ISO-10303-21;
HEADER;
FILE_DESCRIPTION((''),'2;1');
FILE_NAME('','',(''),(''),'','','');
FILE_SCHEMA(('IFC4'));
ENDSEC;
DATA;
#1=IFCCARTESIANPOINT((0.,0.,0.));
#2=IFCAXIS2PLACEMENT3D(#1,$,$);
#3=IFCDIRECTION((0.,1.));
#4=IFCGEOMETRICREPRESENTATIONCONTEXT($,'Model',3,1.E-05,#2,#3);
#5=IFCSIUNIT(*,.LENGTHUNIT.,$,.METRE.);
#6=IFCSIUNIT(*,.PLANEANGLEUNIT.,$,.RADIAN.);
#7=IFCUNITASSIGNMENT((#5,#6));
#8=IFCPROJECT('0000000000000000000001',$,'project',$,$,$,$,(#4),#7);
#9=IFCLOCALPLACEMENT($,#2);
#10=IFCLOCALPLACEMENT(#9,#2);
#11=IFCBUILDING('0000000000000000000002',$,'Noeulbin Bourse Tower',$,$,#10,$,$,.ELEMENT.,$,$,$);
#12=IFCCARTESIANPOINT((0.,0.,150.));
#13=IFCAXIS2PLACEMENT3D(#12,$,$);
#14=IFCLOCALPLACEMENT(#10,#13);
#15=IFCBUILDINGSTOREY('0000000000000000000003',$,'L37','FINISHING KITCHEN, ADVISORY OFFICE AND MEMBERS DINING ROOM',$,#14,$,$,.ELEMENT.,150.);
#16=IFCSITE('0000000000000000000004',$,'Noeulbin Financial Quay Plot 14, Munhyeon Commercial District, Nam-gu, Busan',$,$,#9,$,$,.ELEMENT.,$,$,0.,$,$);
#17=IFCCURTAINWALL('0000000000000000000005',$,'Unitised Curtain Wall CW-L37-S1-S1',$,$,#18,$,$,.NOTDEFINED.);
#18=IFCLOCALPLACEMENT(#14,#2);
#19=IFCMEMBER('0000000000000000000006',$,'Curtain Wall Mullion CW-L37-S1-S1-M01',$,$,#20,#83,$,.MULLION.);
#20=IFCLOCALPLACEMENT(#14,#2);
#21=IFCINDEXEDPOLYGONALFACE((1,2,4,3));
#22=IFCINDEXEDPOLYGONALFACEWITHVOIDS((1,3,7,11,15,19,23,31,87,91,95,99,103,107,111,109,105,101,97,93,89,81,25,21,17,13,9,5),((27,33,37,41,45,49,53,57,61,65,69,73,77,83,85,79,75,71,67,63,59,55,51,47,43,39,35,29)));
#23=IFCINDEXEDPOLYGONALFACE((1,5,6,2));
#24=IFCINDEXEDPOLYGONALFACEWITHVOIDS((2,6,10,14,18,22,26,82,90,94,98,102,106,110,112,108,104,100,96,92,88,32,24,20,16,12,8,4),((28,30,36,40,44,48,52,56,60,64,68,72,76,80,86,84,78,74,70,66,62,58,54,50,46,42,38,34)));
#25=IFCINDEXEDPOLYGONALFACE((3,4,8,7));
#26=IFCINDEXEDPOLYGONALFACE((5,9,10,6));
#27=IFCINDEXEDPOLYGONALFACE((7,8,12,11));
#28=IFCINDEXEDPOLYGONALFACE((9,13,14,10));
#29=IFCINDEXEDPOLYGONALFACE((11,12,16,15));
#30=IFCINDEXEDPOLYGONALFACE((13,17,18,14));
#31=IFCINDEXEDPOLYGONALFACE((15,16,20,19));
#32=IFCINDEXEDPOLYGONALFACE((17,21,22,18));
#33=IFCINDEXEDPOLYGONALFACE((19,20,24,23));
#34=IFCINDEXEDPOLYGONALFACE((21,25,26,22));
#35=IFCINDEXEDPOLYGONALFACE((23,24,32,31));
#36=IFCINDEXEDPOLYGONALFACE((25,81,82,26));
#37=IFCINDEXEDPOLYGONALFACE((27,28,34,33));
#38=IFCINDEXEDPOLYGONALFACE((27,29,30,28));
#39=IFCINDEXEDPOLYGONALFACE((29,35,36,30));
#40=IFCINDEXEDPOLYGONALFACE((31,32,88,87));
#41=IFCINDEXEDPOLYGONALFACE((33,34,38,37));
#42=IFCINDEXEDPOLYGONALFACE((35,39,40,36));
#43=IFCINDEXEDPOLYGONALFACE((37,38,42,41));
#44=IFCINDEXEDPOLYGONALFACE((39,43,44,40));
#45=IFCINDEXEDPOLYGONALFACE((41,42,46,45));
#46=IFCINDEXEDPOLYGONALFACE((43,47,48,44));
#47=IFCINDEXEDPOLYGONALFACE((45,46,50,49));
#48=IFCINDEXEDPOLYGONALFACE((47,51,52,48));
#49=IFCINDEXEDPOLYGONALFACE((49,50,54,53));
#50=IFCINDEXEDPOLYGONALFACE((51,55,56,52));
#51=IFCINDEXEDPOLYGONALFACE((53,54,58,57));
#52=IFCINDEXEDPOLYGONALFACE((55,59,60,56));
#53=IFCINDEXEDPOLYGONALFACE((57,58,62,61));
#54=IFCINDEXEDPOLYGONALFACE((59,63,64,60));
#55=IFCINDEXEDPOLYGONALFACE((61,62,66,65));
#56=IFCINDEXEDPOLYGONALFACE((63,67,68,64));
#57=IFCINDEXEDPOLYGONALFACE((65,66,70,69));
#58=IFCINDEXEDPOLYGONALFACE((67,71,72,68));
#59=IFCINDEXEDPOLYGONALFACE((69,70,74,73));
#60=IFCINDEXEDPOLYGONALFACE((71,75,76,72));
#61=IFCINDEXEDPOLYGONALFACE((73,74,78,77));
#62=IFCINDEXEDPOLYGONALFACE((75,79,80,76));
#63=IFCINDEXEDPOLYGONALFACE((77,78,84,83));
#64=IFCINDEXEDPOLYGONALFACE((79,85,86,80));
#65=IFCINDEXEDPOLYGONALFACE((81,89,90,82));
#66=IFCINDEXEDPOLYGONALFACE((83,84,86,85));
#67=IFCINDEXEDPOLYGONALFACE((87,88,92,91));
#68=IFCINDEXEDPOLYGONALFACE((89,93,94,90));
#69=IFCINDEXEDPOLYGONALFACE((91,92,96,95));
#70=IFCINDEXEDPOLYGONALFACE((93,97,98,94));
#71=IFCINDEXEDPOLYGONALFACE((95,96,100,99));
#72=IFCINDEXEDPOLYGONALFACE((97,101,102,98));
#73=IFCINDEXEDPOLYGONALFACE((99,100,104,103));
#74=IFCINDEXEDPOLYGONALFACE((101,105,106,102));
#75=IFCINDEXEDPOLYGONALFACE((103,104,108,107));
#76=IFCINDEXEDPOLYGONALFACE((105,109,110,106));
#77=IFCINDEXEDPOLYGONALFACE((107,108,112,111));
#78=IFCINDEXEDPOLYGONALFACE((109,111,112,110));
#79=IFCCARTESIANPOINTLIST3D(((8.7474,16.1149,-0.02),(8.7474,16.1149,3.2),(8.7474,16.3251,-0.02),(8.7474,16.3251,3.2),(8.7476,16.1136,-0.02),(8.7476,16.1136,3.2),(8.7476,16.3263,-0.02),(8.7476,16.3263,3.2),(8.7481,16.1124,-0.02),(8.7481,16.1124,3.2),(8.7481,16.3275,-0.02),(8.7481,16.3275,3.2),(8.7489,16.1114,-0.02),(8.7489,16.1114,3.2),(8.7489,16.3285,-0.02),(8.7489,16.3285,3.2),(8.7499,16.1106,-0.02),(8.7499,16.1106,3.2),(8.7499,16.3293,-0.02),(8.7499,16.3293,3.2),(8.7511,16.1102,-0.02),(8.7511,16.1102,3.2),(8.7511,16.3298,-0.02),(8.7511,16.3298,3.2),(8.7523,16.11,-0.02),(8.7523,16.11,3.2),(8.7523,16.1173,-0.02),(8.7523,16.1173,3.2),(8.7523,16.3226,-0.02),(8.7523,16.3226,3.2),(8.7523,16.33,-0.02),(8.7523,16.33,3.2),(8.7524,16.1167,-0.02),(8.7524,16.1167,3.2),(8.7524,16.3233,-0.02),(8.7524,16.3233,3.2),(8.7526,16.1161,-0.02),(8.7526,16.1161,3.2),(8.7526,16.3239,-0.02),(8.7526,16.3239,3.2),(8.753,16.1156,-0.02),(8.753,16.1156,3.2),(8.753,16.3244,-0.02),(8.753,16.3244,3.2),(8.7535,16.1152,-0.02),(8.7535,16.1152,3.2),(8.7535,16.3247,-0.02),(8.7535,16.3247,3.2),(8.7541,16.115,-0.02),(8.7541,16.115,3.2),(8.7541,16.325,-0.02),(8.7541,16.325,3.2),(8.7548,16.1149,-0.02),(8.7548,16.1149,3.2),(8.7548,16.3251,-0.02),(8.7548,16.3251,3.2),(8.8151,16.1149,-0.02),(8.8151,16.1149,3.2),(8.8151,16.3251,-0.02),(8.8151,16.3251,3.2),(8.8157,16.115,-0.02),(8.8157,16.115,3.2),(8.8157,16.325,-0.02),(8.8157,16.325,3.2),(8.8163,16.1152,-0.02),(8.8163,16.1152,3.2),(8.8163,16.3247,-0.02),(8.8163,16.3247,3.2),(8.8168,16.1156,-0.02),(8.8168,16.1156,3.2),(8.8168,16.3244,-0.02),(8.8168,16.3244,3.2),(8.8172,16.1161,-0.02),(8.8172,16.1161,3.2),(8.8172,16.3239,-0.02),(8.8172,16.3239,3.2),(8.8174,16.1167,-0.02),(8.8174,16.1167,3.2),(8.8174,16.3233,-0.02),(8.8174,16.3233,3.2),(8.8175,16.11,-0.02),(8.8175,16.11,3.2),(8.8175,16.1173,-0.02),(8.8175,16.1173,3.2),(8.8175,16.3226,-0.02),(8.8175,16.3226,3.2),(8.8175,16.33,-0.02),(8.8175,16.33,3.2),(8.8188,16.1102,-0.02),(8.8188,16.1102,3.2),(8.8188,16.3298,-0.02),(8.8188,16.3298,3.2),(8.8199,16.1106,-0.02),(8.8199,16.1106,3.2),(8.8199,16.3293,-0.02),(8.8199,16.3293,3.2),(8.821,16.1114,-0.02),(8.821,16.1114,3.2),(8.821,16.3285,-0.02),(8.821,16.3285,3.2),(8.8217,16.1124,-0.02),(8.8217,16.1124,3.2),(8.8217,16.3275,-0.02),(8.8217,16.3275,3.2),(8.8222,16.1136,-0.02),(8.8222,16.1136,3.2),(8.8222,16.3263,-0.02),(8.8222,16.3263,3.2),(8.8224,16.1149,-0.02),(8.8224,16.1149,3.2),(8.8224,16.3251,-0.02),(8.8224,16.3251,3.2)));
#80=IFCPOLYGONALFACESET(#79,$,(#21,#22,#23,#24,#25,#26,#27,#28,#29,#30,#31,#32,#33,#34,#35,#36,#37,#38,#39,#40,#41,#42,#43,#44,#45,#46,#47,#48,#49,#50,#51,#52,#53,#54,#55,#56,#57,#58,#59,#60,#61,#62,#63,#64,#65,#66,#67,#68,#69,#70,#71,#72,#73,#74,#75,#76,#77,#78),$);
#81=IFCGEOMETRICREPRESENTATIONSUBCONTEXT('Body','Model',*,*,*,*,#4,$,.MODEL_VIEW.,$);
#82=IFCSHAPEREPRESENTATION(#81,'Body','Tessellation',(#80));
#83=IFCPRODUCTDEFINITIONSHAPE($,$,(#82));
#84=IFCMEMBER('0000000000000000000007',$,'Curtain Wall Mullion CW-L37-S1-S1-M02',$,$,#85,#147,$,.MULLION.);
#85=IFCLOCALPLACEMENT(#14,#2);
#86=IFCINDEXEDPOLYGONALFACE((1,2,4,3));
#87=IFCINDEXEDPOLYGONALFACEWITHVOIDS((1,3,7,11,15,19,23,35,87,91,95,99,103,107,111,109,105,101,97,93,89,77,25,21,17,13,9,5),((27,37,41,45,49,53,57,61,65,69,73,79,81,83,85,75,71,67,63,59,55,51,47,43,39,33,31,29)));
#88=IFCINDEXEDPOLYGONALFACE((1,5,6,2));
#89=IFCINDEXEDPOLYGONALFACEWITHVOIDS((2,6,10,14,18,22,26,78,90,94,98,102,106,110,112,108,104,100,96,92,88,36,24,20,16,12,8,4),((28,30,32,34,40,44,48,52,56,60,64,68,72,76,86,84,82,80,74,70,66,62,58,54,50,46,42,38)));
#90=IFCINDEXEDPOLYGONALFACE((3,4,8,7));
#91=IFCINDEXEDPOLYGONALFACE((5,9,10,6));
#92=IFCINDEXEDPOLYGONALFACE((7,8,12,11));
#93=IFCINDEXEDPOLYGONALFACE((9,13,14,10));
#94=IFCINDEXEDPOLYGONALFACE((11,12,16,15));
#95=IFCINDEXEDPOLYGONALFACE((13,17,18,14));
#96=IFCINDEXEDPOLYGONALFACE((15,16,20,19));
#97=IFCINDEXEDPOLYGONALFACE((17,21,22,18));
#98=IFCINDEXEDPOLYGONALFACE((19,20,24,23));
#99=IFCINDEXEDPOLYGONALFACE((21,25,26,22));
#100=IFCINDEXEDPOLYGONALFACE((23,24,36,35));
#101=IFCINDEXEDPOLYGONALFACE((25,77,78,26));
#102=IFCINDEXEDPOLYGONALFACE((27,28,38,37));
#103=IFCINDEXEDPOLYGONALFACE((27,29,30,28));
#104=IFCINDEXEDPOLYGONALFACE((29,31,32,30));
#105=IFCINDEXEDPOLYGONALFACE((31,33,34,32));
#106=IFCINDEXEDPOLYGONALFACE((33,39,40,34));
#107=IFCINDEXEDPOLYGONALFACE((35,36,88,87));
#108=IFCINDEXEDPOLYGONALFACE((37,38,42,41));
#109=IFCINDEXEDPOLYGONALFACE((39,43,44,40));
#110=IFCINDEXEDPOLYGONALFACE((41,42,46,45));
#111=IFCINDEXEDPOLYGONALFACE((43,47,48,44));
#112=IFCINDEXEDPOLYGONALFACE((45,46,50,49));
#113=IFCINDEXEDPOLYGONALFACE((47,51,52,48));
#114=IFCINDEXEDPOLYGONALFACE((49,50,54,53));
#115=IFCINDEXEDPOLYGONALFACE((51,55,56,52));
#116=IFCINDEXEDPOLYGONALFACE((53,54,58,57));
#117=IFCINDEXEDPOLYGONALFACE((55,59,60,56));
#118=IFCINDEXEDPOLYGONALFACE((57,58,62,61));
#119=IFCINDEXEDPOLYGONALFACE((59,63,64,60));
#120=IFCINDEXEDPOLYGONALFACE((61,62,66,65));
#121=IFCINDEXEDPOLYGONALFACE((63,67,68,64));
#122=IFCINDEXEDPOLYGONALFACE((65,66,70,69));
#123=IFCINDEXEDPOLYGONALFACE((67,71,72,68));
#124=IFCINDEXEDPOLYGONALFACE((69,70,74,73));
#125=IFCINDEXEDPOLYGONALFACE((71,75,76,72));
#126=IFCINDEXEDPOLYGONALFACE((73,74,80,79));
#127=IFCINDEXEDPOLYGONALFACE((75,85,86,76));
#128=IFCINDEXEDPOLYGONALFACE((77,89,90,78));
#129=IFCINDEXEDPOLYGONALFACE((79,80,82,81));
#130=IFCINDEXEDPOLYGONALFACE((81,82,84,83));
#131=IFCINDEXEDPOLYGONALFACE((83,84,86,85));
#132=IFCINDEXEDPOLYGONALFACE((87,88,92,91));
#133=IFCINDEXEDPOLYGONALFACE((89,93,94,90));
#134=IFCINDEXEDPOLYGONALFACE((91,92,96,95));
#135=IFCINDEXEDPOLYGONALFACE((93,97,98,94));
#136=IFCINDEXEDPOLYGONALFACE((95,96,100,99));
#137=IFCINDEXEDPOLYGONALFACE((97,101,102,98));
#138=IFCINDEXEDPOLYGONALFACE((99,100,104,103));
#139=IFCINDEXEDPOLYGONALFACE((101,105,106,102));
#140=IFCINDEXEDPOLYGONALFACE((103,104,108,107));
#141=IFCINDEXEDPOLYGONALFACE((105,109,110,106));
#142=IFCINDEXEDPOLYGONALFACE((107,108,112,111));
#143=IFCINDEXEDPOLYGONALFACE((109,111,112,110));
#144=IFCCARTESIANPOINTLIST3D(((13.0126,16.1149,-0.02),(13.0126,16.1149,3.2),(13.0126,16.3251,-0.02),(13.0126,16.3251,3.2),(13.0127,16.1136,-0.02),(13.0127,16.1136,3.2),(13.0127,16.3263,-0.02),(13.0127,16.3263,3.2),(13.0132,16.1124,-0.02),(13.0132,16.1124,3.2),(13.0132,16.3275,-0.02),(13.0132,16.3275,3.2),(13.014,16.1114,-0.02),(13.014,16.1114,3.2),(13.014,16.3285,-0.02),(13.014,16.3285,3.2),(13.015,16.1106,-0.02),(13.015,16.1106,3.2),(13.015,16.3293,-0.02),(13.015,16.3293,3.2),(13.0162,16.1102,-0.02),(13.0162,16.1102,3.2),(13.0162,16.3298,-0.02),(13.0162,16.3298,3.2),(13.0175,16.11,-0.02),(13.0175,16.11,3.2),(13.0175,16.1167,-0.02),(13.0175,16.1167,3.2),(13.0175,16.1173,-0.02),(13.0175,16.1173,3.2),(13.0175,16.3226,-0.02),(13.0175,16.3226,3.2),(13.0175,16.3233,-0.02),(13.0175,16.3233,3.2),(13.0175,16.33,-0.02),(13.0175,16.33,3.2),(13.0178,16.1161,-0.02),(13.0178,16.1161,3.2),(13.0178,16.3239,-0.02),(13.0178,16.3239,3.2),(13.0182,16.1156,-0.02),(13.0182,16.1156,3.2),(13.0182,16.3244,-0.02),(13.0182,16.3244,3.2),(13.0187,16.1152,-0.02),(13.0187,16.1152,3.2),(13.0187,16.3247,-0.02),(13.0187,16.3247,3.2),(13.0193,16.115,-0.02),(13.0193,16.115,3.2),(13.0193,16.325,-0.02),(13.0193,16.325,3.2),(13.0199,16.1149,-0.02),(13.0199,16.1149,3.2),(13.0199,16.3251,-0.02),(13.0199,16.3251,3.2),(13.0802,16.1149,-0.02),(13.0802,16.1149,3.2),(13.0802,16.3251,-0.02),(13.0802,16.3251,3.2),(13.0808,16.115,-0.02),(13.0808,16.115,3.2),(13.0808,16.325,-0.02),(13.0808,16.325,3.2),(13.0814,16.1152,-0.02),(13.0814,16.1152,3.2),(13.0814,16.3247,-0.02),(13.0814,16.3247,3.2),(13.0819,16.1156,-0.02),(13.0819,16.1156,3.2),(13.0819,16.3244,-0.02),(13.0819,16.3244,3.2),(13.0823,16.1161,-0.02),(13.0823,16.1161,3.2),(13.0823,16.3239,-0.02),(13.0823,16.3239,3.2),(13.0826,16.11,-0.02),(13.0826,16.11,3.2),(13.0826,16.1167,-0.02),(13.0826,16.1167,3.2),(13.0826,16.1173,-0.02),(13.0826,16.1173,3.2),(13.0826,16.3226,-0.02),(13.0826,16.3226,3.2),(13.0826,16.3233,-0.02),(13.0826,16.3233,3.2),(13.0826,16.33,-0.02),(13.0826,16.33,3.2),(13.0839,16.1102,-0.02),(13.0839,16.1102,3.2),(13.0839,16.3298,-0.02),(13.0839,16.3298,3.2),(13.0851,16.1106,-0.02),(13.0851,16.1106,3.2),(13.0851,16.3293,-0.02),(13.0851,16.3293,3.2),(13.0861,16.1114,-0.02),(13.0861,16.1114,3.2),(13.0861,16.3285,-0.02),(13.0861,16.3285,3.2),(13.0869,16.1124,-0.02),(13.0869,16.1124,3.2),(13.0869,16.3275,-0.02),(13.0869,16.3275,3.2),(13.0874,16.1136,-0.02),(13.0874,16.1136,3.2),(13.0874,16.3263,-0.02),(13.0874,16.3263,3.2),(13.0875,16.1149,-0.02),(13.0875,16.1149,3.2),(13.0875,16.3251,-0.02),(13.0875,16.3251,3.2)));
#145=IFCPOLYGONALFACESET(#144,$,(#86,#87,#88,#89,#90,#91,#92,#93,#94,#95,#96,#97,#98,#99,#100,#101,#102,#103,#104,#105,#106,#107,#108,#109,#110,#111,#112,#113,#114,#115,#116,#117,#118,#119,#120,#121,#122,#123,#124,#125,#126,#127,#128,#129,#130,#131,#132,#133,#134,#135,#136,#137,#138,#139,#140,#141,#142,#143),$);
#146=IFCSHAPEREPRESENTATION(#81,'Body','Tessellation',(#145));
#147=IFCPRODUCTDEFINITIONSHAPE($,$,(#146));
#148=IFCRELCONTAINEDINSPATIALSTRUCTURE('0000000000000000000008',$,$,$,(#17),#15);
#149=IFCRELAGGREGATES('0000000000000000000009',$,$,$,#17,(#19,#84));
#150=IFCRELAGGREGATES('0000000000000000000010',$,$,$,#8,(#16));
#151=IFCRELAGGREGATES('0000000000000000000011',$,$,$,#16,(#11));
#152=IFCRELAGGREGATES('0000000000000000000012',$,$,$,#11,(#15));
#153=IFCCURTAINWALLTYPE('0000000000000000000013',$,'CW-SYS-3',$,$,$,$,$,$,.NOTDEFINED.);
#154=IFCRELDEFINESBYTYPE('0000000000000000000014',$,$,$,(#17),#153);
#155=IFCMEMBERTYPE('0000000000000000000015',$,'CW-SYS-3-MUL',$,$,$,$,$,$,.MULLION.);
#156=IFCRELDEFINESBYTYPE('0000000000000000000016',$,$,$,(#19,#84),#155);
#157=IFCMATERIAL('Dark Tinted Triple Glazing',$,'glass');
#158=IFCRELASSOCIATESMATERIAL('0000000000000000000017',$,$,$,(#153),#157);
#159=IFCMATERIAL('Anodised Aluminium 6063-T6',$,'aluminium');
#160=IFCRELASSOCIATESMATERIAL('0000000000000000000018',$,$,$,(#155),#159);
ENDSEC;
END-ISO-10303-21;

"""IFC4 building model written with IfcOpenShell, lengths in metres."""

from ifc_helpers import new_model, si_unit, direction, frame, origin, origin_2d, place, context, subcontext, project, spatial, hollow_rectangle, extrude, material, material_profile, profile_set, type_object, element, aggregate, save


model = new_model("IFC4")

# Units and contexts
model_context = context("Model", 3, precision=1e-05, world=origin(), true_north=direction((0.0, 1.0)))
body_context = subcontext(model_context, "Body", "Model", "MODEL_VIEW")
ifc_project = project(units=[si_unit("LENGTHUNIT", "METRE"), si_unit("PLANEANGLEUNIT", "RADIAN")], contexts=[model_context])

# Site, building, storey
site_placement = place(None, origin())
site = spatial("IfcSite", under=ifc_project, at=site_placement, Name="Noeulbin Financial Quay Plot 14, Munhyeon Commercial District, Nam-gu, Busan", CompositionType="ELEMENT", RefElevation=0.0)
building_placement = place(site_placement, origin())
building = spatial("IfcBuilding", under=site, at=building_placement, Name="Noeulbin Bourse Tower", CompositionType="ELEMENT")
storey_placement = place(building_placement, frame((0.0, 0.0, 150.0)))
storey = spatial("IfcBuildingStorey", under=building, at=storey_placement, Name="L37", Description="FINISHING KITCHEN, ADVISORY OFFICE AND MEMBERS DINING ROOM", CompositionType="ELEMENT", Elevation=150.0)

# Curtain wall, members
ifc_material_1 = material(Name="Dark Tinted Triple Glazing", Category="glass")
curtain_wall_type = type_object("IfcCurtainWallType", Name="CW-SYS-3", PredefinedType="NOTDEFINED", material=ifc_material_1)
curtain_wall_1_placement = place(storey_placement, origin())
curtain_wall_1 = element("IfcCurtainWall", 1, at=curtain_wall_1_placement, inside=storey, type_object=curtain_wall_type, Name="Unitised Curtain Wall CW-L37-S1-S1", PredefinedType="NOTDEFINED")
ifc_material_2 = material(Name="Anodised Aluminium 6063-T6", Category="aluminium")
ifc_material_profile_1 = material_profile(ifc_material_2, hollow_rectangle(XDim=0.075, YDim=0.22, WallThickness=0.0049, InnerFilletRadius=0.0024, OuterFilletRadius=0.0049, at=origin_2d()), Name="ALU-MULL-75x220x5", Category="LoadBearing")
ifc_profile_set_1 = profile_set([ifc_material_profile_1], Name="Anodised Aluminium 6063-T6")
member_type_1 = type_object("IfcMemberType", Name="CW-SYS-3-MUL", PredefinedType="MULLION", material=ifc_profile_set_1)
member_1_placement = place(storey_placement, frame((8.7849, 16.22, -0.02), z_axis=(0.0, 0.0, 1.0), x_axis=(1.0, 0.0, 0.0)))
member_1 = element("IfcMember", 2, at=member_1_placement, type_object=member_type_1, Name="Curtain Wall Mullion CW-L37-S1-S1-M01", PredefinedType="MULLION", context=body_context, shape_type="SweptSolid", body=[
    extrude(hollow_rectangle(XDim=0.075, YDim=0.22, WallThickness=0.0049, InnerFilletRadius=0.0024, OuterFilletRadius=0.0049, at=origin_2d()), origin(), (0.0, 0.0, 1.0), 3.22),
])
member_2_placement = place(storey_placement, frame((13.05, 16.22, -0.02), z_axis=(0.0, 0.0, 1.0), x_axis=(1.0, 0.0, 0.0)))
member_2 = element("IfcMember", 3, at=member_2_placement, type_object=member_type_1, Name="Curtain Wall Mullion CW-L37-S1-S1-M02", PredefinedType="MULLION", context=body_context, shape_type="SweptSolid", body=[
    extrude(hollow_rectangle(XDim=0.075, YDim=0.22, WallThickness=0.0049, InnerFilletRadius=0.0024, OuterFilletRadius=0.0049, at=origin_2d()), origin(), (0.0, 0.0, 1.0), 3.22),
])

aggregate(curtain_wall_1, [member_1, member_2])

save(model, "model.ifc")
